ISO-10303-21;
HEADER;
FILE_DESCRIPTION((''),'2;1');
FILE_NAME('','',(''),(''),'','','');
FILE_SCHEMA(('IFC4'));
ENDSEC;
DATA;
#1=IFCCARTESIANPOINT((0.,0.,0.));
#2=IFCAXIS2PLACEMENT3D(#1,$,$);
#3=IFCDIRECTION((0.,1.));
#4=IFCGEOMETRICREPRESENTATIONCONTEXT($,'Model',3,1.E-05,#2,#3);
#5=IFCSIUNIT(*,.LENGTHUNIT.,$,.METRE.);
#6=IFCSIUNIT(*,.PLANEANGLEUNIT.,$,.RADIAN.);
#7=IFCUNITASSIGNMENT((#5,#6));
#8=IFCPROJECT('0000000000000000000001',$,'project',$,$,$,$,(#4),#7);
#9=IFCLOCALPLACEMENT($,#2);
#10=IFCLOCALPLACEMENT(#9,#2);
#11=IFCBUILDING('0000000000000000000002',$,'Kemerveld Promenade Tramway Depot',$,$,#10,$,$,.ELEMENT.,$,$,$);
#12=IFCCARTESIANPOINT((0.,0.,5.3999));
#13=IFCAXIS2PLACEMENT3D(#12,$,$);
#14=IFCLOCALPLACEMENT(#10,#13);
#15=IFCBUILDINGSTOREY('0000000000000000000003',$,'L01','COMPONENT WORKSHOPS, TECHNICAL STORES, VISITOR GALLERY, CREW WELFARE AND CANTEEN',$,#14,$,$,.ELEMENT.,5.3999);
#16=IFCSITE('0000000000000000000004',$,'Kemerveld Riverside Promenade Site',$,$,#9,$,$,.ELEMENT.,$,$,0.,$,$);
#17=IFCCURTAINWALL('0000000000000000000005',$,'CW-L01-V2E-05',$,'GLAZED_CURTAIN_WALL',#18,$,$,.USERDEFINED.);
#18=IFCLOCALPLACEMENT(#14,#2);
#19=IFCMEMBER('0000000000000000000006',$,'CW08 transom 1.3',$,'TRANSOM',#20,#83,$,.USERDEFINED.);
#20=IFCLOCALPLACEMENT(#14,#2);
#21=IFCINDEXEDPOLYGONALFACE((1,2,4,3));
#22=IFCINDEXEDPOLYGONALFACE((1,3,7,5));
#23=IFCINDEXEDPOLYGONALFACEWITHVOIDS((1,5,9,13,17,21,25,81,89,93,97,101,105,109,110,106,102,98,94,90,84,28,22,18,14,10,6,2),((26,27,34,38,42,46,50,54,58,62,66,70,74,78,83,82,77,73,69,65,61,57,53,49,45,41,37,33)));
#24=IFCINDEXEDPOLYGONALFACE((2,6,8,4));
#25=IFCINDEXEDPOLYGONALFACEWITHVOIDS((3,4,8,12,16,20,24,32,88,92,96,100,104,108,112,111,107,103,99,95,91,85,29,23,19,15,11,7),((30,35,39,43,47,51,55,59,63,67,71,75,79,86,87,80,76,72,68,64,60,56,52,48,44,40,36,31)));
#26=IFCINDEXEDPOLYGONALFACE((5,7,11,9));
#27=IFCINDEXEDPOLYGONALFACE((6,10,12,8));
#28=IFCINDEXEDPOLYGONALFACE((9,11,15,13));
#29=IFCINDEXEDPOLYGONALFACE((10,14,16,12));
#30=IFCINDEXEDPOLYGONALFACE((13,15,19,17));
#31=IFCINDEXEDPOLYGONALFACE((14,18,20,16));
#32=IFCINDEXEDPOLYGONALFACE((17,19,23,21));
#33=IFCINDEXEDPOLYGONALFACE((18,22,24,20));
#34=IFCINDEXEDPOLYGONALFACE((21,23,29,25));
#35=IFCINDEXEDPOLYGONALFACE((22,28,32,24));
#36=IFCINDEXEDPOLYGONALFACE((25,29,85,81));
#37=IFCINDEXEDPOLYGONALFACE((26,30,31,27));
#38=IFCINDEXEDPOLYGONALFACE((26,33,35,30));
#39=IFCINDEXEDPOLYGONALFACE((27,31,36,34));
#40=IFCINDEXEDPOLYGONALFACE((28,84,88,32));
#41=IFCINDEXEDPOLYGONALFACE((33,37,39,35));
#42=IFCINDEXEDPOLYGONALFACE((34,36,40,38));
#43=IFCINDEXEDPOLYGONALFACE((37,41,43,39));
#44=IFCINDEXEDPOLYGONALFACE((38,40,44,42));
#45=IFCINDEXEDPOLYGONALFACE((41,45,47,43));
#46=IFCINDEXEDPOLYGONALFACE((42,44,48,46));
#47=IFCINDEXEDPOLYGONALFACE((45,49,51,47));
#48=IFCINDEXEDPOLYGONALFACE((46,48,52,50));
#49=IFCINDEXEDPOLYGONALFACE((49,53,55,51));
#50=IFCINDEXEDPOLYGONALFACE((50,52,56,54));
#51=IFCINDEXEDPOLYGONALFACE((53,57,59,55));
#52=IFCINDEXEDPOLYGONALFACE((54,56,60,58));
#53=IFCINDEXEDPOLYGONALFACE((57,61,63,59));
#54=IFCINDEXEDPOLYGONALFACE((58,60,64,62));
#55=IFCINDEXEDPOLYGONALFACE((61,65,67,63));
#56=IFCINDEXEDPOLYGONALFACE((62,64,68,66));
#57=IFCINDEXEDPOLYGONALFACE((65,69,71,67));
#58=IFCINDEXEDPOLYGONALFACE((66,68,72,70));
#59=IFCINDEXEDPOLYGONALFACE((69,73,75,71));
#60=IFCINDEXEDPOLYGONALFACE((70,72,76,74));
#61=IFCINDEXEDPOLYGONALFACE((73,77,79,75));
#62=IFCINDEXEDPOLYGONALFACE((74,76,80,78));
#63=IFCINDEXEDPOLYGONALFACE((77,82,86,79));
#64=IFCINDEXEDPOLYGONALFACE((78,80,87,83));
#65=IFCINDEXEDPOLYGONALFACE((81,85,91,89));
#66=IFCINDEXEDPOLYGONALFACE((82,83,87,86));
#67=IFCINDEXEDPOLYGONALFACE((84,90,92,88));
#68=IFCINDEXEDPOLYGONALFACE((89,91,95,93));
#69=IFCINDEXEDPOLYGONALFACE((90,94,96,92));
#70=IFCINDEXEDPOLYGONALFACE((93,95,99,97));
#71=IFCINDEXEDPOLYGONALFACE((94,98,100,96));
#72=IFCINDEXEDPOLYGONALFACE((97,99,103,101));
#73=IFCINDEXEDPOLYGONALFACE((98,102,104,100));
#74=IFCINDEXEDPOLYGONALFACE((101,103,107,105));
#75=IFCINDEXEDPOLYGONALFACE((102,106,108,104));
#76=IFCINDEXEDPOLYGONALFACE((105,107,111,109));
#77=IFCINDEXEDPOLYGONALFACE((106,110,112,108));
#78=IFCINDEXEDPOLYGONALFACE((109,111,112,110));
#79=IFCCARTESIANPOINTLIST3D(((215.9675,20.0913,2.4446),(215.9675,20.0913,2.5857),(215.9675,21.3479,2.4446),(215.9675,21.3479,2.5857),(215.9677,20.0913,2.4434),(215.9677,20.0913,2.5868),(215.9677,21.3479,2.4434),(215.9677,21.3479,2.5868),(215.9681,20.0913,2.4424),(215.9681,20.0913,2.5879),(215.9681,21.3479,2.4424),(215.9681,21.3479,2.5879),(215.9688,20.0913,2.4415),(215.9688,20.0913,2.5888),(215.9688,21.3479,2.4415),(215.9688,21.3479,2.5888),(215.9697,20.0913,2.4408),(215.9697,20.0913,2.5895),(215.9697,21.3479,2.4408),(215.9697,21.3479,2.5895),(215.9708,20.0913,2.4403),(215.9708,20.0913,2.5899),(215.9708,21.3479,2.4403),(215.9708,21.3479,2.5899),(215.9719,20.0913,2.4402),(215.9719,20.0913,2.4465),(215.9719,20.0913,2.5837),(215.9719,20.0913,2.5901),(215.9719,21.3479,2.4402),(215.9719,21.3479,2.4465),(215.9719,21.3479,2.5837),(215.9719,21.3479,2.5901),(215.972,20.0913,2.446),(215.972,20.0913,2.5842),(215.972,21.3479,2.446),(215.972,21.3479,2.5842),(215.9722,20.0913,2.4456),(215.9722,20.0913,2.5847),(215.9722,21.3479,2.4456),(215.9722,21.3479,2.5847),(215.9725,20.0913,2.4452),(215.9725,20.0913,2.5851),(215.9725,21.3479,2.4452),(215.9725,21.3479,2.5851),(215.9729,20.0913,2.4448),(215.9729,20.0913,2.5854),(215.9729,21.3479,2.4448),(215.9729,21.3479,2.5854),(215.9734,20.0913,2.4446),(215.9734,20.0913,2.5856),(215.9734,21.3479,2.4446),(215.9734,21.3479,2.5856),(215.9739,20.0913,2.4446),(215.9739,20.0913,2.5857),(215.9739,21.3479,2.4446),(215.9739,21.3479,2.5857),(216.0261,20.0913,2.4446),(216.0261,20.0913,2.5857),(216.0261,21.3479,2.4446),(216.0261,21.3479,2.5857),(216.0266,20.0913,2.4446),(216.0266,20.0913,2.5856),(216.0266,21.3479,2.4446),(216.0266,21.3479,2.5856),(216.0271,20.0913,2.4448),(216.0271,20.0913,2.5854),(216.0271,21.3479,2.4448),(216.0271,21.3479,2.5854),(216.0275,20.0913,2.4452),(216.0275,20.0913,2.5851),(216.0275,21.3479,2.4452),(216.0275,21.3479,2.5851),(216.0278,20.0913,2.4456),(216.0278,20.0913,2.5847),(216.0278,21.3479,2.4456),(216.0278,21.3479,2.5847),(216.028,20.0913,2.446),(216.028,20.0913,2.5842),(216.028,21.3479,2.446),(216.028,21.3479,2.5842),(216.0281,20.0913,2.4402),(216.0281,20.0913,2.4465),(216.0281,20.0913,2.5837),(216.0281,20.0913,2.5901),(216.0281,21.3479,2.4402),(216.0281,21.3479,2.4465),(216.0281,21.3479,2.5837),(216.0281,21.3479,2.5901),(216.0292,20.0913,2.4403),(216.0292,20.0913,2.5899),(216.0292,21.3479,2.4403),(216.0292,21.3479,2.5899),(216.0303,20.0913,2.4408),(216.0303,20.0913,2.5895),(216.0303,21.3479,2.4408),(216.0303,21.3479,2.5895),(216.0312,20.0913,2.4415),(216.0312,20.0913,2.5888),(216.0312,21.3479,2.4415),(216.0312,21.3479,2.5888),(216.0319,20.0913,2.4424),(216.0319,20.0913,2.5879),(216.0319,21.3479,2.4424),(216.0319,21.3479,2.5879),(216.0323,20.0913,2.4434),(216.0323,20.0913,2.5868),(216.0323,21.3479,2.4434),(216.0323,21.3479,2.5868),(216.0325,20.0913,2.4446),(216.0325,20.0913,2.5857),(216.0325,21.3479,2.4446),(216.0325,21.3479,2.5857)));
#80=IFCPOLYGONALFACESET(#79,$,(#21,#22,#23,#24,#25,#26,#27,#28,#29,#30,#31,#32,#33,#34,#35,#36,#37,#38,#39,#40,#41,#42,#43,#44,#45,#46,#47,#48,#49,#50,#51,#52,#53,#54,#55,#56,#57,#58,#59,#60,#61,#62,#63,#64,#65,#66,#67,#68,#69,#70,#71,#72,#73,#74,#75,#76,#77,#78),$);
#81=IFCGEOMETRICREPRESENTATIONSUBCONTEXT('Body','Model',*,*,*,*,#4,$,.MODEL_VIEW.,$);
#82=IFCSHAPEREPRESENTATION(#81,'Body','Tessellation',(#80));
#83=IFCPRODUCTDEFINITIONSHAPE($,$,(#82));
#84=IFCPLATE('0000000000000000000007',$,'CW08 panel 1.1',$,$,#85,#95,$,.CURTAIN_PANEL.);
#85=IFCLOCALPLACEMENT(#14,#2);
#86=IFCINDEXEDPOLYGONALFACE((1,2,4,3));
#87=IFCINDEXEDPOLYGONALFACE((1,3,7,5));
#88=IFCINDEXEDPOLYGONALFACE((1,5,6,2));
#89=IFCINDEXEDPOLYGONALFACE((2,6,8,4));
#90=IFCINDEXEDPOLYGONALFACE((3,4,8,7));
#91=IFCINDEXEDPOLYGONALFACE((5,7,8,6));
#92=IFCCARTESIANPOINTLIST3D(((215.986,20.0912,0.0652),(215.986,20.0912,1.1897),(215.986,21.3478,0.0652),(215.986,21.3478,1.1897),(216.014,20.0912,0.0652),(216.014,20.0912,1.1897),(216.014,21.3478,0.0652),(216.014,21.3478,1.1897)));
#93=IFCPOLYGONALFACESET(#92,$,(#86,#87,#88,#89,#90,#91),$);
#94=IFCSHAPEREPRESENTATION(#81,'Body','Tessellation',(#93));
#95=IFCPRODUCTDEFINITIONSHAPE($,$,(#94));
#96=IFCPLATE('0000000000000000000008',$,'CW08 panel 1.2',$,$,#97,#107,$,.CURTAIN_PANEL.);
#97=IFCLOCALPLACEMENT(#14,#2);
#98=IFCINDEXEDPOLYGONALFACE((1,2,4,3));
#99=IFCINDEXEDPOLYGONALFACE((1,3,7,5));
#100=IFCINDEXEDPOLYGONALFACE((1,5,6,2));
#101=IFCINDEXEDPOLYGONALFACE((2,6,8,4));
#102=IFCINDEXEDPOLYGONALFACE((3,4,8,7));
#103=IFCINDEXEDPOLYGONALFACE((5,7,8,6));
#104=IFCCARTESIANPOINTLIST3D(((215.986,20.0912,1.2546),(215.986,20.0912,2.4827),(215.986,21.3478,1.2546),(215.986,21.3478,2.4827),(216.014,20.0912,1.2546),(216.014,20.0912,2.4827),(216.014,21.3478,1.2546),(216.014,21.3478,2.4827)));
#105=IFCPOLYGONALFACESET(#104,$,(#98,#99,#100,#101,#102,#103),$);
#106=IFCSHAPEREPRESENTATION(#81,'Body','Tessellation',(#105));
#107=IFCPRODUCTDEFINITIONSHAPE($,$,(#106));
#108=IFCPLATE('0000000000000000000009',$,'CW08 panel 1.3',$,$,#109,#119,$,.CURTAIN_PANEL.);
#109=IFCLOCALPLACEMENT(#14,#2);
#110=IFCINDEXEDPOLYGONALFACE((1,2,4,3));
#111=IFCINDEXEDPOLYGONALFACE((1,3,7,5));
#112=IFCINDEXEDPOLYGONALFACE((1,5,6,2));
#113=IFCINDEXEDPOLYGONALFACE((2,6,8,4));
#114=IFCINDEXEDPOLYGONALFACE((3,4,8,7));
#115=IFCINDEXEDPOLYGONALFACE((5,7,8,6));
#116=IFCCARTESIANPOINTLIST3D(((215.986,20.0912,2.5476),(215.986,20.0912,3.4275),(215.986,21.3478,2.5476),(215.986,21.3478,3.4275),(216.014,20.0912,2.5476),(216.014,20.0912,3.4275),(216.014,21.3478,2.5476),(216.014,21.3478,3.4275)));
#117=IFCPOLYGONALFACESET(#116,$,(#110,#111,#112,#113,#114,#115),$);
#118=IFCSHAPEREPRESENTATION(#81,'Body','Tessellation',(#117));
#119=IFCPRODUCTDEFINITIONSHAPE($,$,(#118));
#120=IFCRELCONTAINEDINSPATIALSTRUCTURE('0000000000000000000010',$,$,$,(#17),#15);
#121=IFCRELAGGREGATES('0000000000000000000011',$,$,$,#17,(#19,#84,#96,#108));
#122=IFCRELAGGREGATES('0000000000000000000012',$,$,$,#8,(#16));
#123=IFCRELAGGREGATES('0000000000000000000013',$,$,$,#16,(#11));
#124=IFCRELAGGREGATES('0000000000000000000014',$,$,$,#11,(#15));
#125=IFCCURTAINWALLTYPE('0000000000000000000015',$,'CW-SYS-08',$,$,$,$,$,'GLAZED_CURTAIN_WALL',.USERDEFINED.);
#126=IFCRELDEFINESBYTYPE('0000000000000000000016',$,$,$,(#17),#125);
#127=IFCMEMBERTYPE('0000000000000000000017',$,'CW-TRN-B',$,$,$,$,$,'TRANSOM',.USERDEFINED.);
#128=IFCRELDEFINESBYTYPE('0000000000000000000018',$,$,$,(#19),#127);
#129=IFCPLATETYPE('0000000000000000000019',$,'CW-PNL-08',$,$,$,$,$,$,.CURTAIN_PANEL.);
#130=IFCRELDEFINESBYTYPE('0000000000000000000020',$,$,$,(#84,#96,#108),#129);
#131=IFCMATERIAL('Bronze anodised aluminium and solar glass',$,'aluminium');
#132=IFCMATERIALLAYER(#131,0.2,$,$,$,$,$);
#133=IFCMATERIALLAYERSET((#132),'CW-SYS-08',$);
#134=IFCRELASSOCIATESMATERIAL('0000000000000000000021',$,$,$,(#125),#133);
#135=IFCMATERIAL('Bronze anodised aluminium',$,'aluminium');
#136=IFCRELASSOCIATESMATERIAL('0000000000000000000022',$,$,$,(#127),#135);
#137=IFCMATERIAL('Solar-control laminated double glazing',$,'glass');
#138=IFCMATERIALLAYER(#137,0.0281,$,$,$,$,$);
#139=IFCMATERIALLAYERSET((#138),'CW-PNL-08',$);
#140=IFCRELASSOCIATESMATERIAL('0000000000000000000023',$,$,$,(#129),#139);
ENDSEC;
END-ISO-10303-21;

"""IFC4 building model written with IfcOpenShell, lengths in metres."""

from ifc_helpers import new_model, si_unit, direction, frame, origin, origin_2d, place, context, subcontext, project, spatial, rectangle, hollow_rectangle, extrude, material, layer, layer_set, material_profile, profile_set, type_object, element, aggregate, save


model = new_model("IFC4")

# Units and contexts
model_context = context("Model", 3, precision=1e-05, world=origin(), true_north=direction((0.0, 1.0)))
body_context = subcontext(model_context, "Body", "Model", "MODEL_VIEW")
ifc_project = project(units=[si_unit("LENGTHUNIT", "METRE"), si_unit("PLANEANGLEUNIT", "RADIAN")], contexts=[model_context])

# Site, building, storey
site_placement = place(None, origin())
site = spatial("IfcSite", under=ifc_project, at=site_placement, Name="Kemerveld Riverside Promenade Site", CompositionType="ELEMENT", RefElevation=0.0)
building_placement = place(site_placement, origin())
building = spatial("IfcBuilding", under=site, at=building_placement, Name="Kemerveld Promenade Tramway Depot", CompositionType="ELEMENT")
storey_placement = place(building_placement, frame((0.0, 0.0, 5.3999)))
storey = spatial("IfcBuildingStorey", under=building, at=storey_placement, Name="L01", Description="COMPONENT WORKSHOPS, TECHNICAL STORES, VISITOR GALLERY, CREW WELFARE AND CANTEEN", CompositionType="ELEMENT", Elevation=5.3999)

# Curtain wall, member, plates
ifc_material_1 = material(Name="Bronze anodised aluminium and solar glass", Category="aluminium")
ifc_layer_1 = layer(ifc_material_1, 0.2)
ifc_layer_set_1 = layer_set([ifc_layer_1], Name="CW-SYS-08")
curtain_wall_type = type_object("IfcCurtainWallType", Name="CW-SYS-08", ElementType="GLAZED_CURTAIN_WALL", PredefinedType="USERDEFINED", material=ifc_layer_set_1)
curtain_wall_placement = place(storey_placement, origin())
curtain_wall = element("IfcCurtainWall", 1, at=curtain_wall_placement, inside=storey, type_object=curtain_wall_type, Name="CW-L01-V2E-05", ObjectType="GLAZED_CURTAIN_WALL", PredefinedType="USERDEFINED")
ifc_material_2 = material(Name="Bronze anodised aluminium", Category="aluminium")
ifc_material_profile_1 = material_profile(ifc_material_2, hollow_rectangle(XDim=0.0649, YDim=0.1499, WallThickness=0.0044, InnerFilletRadius=0.002, OuterFilletRadius=0.0044, at=origin_2d()), Name="CW-TRN-150x65")
ifc_profile_set_1 = profile_set([ifc_material_profile_1], Name="Bronze anodised aluminium")
member_type = type_object("IfcMemberType", Name="CW-TRN-B", ElementType="TRANSOM", PredefinedType="USERDEFINED", material=ifc_profile_set_1)
member_1_placement = place(storey_placement, frame((216.0, 21.3479, 2.5151), z_axis=(0.0, -1.0, 0.0), x_axis=(1.0, 0.0, 0.0)))
member_1 = element("IfcMember", 2, at=member_1_placement, type_object=member_type, Name="CW08 transom 1.3", ObjectType="TRANSOM", PredefinedType="USERDEFINED", context=body_context, shape_type="SweptSolid", body=[
    extrude(hollow_rectangle(XDim=0.0649, YDim=0.1499, WallThickness=0.0044, InnerFilletRadius=0.002, OuterFilletRadius=0.0044, at=origin_2d()), origin(), (0.0, 0.0, 1.0), 1.2566),
])
ifc_material_3 = material(Name="Solar-control laminated double glazing", Category="glass")
ifc_layer_2 = layer(ifc_material_3, 0.0281)
ifc_layer_set_2 = layer_set([ifc_layer_2], Name="CW-PNL-08")
plate_type = type_object("IfcPlateType", Name="CW-PNL-08", PredefinedType="CURTAIN_PANEL", material=ifc_layer_set_2)
plate_1_placement = place(storey_placement, frame((216.0, 20.7195, 0.0652), z_axis=(0.0, 0.0, 1.0), x_axis=(0.0, -1.0, 0.0)))
plate_1 = element("IfcPlate", 3, at=plate_1_placement, type_object=plate_type, Name="CW08 panel 1.1", PredefinedType="CURTAIN_PANEL", context=body_context, shape_type="SweptSolid", body=[
    extrude(rectangle(XDim=1.2566, YDim=0.0281, at=origin_2d()), origin(), (0.0, 0.0, 1.0), 1.1245),
])
plate_2_placement = place(storey_placement, frame((216.0, 20.7195, 1.2546), z_axis=(0.0, 0.0, 1.0), x_axis=(0.0, -1.0, 0.0)))
plate_2 = element("IfcPlate", 4, at=plate_2_placement, type_object=plate_type, Name="CW08 panel 1.2", PredefinedType="CURTAIN_PANEL", context=body_context, shape_type="SweptSolid", body=[
    extrude(rectangle(XDim=1.2566, YDim=0.0281, at=origin_2d()), origin(), (0.0, 0.0, 1.0), 1.228),
])
plate_3_placement = place(storey_placement, frame((216.0, 20.7195, 2.5476), z_axis=(0.0, 0.0, 1.0), x_axis=(0.0, -1.0, 0.0)))
plate_3 = element("IfcPlate", 5, at=plate_3_placement, type_object=plate_type, Name="CW08 panel 1.3", PredefinedType="CURTAIN_PANEL", context=body_context, shape_type="SweptSolid", body=[
    extrude(rectangle(XDim=1.2566, YDim=0.0281, at=origin_2d()), origin(), (0.0, 0.0, 1.0), 0.8799),
])
aggregate(curtain_wall, [member_1, plate_1, plate_2, plate_3])

save(model, "model.ifc")
